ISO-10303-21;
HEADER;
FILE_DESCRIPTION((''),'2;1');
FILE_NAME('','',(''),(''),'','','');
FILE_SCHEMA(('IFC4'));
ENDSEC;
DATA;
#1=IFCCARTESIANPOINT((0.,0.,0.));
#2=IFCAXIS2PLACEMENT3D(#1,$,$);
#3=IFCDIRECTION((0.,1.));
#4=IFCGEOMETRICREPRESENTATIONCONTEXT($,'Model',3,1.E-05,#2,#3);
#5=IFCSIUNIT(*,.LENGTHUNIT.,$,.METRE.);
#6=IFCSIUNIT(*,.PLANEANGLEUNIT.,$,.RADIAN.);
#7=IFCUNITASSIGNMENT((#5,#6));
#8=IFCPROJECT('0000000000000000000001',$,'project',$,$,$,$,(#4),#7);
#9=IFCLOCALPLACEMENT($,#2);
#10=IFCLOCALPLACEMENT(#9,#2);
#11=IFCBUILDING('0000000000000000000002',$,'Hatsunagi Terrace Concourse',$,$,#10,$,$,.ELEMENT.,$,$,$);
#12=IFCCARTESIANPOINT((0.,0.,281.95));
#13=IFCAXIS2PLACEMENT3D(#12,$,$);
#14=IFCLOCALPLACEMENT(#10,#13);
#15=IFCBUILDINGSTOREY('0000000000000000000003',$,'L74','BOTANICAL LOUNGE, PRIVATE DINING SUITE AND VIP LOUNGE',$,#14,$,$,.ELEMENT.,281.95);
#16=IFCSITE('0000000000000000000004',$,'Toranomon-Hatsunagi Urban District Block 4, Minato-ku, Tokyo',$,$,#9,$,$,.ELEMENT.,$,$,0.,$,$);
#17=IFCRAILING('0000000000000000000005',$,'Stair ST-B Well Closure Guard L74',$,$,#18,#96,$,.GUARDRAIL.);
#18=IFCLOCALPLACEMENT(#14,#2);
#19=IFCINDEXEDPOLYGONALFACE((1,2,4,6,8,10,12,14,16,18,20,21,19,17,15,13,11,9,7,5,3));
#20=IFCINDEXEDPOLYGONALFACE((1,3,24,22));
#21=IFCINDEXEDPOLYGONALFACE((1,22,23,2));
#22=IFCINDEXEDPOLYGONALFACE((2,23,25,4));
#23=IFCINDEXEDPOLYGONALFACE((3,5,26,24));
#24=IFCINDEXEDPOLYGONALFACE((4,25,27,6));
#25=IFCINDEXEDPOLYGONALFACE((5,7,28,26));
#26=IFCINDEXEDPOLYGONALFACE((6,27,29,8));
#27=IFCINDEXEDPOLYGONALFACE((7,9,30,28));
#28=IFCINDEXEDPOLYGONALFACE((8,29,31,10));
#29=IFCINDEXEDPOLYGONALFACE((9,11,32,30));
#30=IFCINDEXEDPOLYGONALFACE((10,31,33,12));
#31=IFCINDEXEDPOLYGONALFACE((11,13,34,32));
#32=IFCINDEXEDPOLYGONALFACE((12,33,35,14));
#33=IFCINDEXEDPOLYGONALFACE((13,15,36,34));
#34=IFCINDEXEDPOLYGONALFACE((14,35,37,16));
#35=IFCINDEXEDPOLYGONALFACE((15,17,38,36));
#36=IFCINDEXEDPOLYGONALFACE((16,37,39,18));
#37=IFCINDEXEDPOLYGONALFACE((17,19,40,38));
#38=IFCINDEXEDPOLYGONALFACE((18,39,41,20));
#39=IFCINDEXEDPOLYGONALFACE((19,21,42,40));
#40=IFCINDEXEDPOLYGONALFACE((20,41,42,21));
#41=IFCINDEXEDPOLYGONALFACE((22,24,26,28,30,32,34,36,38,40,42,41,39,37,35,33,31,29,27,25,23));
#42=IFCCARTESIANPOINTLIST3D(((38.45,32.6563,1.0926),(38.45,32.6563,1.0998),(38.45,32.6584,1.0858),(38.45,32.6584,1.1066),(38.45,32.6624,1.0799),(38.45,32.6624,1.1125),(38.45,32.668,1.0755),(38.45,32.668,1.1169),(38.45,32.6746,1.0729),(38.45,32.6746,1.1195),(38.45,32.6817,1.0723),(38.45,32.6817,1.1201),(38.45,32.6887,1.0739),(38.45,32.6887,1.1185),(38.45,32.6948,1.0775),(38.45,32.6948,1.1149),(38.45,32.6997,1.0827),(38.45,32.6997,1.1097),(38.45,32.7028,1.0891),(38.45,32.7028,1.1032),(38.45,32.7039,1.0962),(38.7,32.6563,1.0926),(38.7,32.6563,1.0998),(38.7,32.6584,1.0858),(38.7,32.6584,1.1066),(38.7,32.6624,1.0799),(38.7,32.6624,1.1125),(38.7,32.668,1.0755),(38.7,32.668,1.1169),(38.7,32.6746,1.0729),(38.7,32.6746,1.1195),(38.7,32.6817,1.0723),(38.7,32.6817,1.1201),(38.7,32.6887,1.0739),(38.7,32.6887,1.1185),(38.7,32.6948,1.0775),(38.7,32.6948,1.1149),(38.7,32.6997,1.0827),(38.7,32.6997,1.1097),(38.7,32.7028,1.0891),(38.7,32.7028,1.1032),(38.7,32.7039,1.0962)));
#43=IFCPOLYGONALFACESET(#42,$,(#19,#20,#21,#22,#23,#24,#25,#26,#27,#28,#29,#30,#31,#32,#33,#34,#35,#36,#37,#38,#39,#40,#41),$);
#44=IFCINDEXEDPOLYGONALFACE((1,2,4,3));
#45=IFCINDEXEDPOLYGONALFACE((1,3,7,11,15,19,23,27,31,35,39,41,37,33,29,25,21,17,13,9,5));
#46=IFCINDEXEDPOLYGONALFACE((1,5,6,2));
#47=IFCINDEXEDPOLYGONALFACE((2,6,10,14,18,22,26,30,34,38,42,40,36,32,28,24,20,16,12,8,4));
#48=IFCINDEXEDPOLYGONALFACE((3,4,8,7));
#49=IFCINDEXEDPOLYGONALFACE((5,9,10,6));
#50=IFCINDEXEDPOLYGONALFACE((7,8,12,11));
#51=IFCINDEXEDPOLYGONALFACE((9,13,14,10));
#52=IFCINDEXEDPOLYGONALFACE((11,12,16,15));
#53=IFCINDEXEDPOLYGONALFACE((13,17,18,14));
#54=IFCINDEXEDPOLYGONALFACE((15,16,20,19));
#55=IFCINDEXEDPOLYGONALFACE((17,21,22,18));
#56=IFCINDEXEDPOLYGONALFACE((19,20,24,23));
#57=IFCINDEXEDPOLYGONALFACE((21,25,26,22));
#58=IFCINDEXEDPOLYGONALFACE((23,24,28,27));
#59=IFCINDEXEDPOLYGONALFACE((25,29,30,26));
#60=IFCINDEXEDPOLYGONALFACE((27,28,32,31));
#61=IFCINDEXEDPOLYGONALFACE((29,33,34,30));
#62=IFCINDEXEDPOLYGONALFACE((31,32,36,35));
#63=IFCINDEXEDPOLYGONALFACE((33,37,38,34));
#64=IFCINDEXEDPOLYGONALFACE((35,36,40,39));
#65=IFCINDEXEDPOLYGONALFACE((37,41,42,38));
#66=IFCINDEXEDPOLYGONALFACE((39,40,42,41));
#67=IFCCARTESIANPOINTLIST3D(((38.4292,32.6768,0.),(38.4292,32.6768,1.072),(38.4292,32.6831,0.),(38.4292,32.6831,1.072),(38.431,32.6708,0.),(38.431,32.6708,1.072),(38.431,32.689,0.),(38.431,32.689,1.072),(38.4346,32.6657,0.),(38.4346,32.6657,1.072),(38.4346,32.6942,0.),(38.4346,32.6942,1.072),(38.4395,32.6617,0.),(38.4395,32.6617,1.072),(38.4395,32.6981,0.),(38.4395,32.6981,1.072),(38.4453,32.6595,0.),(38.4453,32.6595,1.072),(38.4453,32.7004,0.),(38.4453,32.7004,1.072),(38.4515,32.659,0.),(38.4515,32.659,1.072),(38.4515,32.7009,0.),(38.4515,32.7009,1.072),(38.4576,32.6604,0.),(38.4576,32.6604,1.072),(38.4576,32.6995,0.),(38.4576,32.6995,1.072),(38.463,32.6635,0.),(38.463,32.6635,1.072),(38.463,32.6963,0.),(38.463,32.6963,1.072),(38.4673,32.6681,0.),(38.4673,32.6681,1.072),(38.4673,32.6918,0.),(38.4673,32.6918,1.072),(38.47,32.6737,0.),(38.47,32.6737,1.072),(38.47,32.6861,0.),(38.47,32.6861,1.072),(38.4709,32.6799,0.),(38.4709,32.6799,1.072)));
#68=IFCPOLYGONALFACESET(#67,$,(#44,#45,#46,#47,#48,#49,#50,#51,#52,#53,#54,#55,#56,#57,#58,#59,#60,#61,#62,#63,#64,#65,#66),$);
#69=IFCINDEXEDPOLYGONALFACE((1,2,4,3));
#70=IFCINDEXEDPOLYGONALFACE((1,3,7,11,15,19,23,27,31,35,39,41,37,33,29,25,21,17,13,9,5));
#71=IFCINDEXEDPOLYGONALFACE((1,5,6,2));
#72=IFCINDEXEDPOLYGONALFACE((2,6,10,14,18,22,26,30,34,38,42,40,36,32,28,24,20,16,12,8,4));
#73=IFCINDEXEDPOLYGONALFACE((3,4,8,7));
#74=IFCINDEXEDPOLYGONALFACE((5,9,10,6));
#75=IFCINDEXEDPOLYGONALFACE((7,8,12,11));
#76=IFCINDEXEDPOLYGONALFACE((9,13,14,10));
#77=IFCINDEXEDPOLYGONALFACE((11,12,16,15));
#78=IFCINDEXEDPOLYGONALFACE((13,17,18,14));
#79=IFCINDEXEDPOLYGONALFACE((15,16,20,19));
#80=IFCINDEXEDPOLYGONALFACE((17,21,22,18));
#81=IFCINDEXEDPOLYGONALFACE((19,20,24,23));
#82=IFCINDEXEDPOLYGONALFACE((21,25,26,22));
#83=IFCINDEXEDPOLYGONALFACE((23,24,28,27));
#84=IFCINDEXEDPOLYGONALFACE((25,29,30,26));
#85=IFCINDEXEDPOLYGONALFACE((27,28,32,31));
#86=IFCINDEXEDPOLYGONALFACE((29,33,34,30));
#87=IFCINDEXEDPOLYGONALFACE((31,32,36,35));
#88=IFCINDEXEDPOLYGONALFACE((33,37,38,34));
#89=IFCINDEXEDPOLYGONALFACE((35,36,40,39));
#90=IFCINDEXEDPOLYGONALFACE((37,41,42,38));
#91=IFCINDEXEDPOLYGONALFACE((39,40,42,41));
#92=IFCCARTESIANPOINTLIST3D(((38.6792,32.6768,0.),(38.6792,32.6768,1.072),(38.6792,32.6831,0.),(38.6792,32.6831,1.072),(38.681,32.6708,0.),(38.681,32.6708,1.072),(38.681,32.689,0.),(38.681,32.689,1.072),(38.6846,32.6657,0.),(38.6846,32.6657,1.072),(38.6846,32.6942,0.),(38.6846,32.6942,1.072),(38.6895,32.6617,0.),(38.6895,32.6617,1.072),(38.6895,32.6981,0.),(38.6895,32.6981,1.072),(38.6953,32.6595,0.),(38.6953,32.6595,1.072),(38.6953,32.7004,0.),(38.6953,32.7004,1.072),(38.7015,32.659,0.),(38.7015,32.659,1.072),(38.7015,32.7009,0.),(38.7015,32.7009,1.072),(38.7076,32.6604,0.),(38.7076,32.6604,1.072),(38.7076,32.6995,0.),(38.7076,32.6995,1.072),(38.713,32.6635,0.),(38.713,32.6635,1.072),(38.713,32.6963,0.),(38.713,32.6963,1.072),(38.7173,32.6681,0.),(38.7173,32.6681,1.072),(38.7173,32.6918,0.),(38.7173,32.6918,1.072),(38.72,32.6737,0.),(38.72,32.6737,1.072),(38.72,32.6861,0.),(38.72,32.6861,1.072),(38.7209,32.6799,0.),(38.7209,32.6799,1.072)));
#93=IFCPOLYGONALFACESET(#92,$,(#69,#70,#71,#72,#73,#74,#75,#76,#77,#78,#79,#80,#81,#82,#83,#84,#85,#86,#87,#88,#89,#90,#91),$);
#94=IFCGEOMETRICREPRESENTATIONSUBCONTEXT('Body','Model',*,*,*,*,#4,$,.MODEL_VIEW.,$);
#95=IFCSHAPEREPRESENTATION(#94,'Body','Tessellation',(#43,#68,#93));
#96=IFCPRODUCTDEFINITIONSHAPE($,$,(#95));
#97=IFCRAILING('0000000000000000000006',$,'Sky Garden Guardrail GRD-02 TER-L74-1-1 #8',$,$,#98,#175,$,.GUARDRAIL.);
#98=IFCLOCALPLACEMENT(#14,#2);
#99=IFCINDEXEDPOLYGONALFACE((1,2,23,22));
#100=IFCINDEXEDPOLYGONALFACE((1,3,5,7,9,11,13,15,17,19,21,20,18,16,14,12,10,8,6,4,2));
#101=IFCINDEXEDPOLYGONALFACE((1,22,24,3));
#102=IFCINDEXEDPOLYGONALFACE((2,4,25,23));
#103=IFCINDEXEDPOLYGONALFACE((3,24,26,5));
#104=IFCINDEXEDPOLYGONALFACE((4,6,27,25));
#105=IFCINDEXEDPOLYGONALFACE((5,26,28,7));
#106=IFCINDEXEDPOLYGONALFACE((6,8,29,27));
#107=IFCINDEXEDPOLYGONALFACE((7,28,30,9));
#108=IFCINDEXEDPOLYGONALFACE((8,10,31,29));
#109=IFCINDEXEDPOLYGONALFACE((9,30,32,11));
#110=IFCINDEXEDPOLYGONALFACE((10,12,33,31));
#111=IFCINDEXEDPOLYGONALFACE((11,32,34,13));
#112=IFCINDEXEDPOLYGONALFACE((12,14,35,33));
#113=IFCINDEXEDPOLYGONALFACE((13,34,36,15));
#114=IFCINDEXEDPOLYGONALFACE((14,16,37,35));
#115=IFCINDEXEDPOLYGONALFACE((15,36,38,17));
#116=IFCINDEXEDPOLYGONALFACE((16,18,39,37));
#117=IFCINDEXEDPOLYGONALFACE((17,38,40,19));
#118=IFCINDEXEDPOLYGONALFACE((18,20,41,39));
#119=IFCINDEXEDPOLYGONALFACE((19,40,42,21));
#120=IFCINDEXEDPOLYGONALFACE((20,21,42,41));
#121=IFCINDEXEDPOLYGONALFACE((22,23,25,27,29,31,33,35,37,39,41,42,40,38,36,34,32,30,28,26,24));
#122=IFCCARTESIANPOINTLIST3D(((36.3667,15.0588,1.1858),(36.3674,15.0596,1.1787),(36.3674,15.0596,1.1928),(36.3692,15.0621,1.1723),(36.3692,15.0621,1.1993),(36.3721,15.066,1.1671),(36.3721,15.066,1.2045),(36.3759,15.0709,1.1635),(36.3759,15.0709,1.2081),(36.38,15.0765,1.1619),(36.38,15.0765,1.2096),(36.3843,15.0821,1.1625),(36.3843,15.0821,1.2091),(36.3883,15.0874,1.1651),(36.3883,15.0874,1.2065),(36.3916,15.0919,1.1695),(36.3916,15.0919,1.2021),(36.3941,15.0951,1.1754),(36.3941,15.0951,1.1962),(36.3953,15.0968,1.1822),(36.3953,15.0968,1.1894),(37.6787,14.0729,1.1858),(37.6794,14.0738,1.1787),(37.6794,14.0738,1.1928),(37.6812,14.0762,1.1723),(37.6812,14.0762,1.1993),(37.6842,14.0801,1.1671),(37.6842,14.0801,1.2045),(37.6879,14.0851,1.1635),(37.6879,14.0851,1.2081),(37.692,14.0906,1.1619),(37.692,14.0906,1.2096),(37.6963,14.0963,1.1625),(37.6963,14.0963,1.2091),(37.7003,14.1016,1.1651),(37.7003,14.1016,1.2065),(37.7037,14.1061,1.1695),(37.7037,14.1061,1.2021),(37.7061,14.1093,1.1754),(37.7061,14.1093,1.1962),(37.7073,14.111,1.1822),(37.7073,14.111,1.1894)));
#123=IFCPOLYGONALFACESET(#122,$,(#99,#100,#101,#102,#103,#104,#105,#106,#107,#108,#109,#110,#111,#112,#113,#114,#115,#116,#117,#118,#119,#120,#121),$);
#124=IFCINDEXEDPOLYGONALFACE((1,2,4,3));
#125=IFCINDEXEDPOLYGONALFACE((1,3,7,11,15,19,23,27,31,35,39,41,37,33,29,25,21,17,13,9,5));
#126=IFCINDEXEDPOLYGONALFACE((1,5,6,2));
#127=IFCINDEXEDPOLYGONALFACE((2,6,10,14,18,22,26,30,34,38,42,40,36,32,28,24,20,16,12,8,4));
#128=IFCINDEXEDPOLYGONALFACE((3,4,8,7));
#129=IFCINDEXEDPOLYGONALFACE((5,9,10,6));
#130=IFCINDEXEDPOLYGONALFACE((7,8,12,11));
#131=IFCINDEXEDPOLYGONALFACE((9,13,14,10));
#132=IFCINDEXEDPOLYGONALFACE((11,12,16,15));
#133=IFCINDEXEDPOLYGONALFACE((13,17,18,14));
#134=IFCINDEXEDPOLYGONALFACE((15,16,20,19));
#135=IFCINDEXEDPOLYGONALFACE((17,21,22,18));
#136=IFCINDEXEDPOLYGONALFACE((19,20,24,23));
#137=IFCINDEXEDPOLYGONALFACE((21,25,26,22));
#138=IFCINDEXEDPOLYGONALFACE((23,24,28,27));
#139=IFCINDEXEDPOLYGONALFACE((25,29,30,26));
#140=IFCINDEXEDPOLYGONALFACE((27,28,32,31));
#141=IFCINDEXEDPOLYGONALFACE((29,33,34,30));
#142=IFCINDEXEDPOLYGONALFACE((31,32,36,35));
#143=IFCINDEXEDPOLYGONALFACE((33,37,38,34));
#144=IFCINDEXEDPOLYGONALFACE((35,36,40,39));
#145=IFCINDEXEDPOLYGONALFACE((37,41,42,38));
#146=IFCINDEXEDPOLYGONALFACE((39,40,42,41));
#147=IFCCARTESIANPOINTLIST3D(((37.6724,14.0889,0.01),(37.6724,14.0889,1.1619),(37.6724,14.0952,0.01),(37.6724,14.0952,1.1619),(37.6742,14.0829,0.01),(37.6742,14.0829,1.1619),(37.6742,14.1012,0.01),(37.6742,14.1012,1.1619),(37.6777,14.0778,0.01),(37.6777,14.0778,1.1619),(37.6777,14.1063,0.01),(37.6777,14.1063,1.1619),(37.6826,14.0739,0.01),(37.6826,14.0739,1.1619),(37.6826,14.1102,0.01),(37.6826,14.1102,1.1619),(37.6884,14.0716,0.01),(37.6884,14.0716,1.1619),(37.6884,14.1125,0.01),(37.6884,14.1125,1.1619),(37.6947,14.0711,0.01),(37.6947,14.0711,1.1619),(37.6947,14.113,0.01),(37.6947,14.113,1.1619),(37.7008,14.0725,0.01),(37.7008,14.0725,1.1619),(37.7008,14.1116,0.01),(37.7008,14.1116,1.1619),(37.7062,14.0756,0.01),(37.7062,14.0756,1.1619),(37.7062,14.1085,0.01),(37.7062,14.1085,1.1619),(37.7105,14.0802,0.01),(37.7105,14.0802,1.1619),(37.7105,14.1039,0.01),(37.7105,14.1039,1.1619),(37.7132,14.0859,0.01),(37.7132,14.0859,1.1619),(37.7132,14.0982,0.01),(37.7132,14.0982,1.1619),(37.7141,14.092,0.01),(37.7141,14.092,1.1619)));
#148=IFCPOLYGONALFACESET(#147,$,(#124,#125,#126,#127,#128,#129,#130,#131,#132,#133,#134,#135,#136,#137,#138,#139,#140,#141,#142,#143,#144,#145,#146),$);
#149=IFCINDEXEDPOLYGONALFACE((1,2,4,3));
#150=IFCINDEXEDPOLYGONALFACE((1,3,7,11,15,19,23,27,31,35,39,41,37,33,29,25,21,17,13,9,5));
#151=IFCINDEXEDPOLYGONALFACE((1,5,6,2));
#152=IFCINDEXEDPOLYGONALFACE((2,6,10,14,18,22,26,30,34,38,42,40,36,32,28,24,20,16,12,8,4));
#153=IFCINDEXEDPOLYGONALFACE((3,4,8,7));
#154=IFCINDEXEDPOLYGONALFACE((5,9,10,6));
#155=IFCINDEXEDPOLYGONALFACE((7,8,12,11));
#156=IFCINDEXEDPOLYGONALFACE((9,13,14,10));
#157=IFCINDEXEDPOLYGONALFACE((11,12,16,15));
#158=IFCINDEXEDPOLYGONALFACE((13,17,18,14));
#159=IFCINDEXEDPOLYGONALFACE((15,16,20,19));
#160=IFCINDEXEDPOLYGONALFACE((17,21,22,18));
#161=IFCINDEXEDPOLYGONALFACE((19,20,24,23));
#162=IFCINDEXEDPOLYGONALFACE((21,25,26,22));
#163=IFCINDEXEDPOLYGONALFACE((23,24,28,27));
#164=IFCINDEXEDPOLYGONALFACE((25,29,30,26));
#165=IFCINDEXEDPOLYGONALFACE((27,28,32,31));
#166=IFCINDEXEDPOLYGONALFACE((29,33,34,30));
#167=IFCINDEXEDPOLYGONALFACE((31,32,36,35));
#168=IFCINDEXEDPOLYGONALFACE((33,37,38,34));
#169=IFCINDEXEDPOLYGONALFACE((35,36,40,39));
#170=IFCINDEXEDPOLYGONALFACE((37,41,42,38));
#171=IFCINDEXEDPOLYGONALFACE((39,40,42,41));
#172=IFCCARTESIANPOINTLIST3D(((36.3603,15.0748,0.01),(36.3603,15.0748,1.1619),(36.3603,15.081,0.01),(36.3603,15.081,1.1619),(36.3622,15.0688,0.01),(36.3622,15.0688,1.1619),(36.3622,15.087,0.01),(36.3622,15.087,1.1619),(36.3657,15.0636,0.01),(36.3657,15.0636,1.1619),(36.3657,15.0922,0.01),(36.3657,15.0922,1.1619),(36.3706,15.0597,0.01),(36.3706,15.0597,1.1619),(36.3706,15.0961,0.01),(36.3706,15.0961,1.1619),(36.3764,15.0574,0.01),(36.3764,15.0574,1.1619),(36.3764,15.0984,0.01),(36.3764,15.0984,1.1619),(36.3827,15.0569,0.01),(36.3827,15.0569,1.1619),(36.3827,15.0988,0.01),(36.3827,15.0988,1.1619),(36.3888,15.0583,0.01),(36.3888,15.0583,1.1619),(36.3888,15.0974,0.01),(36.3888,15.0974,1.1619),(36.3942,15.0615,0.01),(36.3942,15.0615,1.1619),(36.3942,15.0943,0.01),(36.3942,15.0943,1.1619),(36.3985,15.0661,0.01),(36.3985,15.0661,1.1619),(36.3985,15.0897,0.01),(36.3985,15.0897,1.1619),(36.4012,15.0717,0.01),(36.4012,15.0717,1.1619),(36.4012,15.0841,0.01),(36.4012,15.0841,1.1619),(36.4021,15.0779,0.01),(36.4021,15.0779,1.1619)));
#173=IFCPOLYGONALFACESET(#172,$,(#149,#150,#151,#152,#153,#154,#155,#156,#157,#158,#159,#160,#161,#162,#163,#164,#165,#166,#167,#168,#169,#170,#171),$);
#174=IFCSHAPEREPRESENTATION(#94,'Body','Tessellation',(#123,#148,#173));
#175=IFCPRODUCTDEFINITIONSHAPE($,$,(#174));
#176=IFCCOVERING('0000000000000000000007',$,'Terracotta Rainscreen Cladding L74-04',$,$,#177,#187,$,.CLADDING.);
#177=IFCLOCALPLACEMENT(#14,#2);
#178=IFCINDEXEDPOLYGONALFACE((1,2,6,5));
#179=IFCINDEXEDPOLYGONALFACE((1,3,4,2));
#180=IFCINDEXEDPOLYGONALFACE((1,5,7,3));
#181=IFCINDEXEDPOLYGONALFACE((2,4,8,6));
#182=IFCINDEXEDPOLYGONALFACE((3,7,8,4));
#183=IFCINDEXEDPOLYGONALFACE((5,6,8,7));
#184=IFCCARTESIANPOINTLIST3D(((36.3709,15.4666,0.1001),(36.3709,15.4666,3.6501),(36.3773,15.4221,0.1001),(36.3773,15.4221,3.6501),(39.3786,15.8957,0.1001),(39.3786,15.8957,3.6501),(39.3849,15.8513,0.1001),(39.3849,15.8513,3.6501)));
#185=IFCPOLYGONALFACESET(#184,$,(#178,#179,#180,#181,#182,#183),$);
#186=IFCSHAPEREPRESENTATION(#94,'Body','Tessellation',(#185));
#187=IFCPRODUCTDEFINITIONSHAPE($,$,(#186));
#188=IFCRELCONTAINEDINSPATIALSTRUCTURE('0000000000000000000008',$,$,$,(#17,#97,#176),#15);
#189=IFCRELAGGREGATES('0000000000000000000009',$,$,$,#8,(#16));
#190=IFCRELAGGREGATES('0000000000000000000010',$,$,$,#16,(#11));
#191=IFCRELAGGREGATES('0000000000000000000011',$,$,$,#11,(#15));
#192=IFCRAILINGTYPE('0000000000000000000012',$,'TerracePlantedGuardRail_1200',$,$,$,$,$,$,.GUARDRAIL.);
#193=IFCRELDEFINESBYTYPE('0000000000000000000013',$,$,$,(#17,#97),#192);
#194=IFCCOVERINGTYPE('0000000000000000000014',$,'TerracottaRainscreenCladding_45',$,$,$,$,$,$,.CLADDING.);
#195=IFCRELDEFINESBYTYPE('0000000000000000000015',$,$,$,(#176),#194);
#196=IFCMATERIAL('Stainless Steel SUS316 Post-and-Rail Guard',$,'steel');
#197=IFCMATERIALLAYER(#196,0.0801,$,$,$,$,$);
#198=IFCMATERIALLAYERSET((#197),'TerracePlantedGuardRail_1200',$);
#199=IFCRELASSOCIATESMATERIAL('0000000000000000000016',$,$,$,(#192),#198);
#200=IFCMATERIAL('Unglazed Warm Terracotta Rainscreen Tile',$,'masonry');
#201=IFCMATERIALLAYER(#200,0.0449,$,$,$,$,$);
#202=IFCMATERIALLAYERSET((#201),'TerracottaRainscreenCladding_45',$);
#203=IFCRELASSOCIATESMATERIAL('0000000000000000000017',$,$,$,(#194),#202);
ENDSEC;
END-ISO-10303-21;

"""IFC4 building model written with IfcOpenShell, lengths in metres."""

from ifc_helpers import new_model, si_unit, direction, frame, origin, origin_2d, place, context, subcontext, project, spatial, rectangle, circle, extrude, material, layer, layer_set, type_object, element, save


model = new_model("IFC4")

# Units and contexts
model_context = context("Model", 3, precision=1e-05, world=origin(), true_north=direction((0.0, 1.0)))
body_context = subcontext(model_context, "Body", "Model", "MODEL_VIEW")
ifc_project = project(units=[si_unit("LENGTHUNIT", "METRE"), si_unit("PLANEANGLEUNIT", "RADIAN")], contexts=[model_context])

# Site, building, storey
site_placement = place(None, origin())
site = spatial("IfcSite", under=ifc_project, at=site_placement, Name="Toranomon-Hatsunagi Urban District Block 4, Minato-ku, Tokyo", CompositionType="ELEMENT", RefElevation=0.0)
building_placement = place(site_placement, origin())
building = spatial("IfcBuilding", under=site, at=building_placement, Name="Hatsunagi Terrace Concourse", CompositionType="ELEMENT")
storey_placement = place(building_placement, frame((0.0, 0.0, 281.95)))
storey = spatial("IfcBuildingStorey", under=building, at=storey_placement, Name="L74", Description="BOTANICAL LOUNGE, PRIVATE DINING SUITE AND VIP LOUNGE", CompositionType="ELEMENT", Elevation=281.95)

# Railings
ifc_material_1 = material(Name="Stainless Steel SUS316 Post-and-Rail Guard", Category="steel")
ifc_layer_1 = layer(ifc_material_1, 0.0801)
ifc_layer_set_1 = layer_set([ifc_layer_1], Name="TerracePlantedGuardRail_1200")
railing_type_1 = type_object("IfcRailingType", Name="TerracePlantedGuardRail_1200", PredefinedType="GUARDRAIL", material=ifc_layer_set_1)
railing_1_placement = place(storey_placement, frame((38.45, 32.6799, 0.0)))
element("IfcRailing", 1, at=railing_1_placement, inside=storey, type_object=railing_type_1, Name="Stair ST-B Well Closure Guard L74", PredefinedType="GUARDRAIL", context=body_context, shape_type="SweptSolid", body=[
    extrude(circle(Radius=0.0239, at=origin_2d()), frame((0.0, 0.0, 1.0962), z_axis=(1.0, 0.0, 0.0), x_axis=(0.0, 1.0, 0.0)), (0.0, 0.0, 1.0), 0.25),
    extrude(circle(Radius=0.021, at=origin_2d()), origin(), (0.0, 0.0, 1.0), 1.072),
    extrude(circle(Radius=0.021, at=origin_2d()), frame((0.25, 0.0, 0.0)), (0.0, 0.0, 1.0), 1.072),
])
railing_2_placement = place(storey_placement, frame((37.6931, 14.092, 0.01)))
element("IfcRailing", 2, at=railing_2_placement, inside=storey, type_object=railing_type_1, Name="Sky Garden Guardrail GRD-02 TER-L74-1-1 #8", PredefinedType="GUARDRAIL", context=body_context, shape_type="SweptSolid", body=[
    extrude(circle(Radius=0.0239, at=origin_2d()), frame((0.0, 0.0, 1.1758), z_axis=(-0.799464, 0.600714, 0.0), x_axis=(-0.600714, -0.799464, 0.0)), (0.0, 0.0, 1.0), 1.6411),
    extrude(circle(Radius=0.021, at=origin_2d()), origin(), (0.0, 0.0, 1.0), 1.1519),
    extrude(circle(Radius=0.021, at=origin_2d()), frame((-1.312, 0.9858, 0.0)), (0.0, 0.0, 1.0), 1.1519),
])

# Covering
ifc_material_2 = material(Name="Unglazed Warm Terracotta Rainscreen Tile", Category="masonry")
ifc_layer_2 = layer(ifc_material_2, 0.0449)
ifc_layer_set_2 = layer_set([ifc_layer_2], Name="TerracottaRainscreenCladding_45")
covering_type = type_object("IfcCoveringType", Name="TerracottaRainscreenCladding_45", PredefinedType="CLADDING", material=ifc_layer_set_2)
covering_placement = place(storey_placement, frame((37.8779, 15.6589, 0.1001), z_axis=(0.0, 0.0, 1.0), x_axis=(-0.989974, -0.14125, 0.0)))
element("IfcCovering", 3, at=covering_placement, inside=storey, type_object=covering_type, Name="Terracotta Rainscreen Cladding L74-04", PredefinedType="CLADDING", context=body_context, shape_type="SweptSolid", body=[
    extrude(rectangle(XDim=3.0381, YDim=0.0449, at=origin_2d()), origin(), (0.0, 0.0, 1.0), 3.55),
])

save(model, "model.ifc")
